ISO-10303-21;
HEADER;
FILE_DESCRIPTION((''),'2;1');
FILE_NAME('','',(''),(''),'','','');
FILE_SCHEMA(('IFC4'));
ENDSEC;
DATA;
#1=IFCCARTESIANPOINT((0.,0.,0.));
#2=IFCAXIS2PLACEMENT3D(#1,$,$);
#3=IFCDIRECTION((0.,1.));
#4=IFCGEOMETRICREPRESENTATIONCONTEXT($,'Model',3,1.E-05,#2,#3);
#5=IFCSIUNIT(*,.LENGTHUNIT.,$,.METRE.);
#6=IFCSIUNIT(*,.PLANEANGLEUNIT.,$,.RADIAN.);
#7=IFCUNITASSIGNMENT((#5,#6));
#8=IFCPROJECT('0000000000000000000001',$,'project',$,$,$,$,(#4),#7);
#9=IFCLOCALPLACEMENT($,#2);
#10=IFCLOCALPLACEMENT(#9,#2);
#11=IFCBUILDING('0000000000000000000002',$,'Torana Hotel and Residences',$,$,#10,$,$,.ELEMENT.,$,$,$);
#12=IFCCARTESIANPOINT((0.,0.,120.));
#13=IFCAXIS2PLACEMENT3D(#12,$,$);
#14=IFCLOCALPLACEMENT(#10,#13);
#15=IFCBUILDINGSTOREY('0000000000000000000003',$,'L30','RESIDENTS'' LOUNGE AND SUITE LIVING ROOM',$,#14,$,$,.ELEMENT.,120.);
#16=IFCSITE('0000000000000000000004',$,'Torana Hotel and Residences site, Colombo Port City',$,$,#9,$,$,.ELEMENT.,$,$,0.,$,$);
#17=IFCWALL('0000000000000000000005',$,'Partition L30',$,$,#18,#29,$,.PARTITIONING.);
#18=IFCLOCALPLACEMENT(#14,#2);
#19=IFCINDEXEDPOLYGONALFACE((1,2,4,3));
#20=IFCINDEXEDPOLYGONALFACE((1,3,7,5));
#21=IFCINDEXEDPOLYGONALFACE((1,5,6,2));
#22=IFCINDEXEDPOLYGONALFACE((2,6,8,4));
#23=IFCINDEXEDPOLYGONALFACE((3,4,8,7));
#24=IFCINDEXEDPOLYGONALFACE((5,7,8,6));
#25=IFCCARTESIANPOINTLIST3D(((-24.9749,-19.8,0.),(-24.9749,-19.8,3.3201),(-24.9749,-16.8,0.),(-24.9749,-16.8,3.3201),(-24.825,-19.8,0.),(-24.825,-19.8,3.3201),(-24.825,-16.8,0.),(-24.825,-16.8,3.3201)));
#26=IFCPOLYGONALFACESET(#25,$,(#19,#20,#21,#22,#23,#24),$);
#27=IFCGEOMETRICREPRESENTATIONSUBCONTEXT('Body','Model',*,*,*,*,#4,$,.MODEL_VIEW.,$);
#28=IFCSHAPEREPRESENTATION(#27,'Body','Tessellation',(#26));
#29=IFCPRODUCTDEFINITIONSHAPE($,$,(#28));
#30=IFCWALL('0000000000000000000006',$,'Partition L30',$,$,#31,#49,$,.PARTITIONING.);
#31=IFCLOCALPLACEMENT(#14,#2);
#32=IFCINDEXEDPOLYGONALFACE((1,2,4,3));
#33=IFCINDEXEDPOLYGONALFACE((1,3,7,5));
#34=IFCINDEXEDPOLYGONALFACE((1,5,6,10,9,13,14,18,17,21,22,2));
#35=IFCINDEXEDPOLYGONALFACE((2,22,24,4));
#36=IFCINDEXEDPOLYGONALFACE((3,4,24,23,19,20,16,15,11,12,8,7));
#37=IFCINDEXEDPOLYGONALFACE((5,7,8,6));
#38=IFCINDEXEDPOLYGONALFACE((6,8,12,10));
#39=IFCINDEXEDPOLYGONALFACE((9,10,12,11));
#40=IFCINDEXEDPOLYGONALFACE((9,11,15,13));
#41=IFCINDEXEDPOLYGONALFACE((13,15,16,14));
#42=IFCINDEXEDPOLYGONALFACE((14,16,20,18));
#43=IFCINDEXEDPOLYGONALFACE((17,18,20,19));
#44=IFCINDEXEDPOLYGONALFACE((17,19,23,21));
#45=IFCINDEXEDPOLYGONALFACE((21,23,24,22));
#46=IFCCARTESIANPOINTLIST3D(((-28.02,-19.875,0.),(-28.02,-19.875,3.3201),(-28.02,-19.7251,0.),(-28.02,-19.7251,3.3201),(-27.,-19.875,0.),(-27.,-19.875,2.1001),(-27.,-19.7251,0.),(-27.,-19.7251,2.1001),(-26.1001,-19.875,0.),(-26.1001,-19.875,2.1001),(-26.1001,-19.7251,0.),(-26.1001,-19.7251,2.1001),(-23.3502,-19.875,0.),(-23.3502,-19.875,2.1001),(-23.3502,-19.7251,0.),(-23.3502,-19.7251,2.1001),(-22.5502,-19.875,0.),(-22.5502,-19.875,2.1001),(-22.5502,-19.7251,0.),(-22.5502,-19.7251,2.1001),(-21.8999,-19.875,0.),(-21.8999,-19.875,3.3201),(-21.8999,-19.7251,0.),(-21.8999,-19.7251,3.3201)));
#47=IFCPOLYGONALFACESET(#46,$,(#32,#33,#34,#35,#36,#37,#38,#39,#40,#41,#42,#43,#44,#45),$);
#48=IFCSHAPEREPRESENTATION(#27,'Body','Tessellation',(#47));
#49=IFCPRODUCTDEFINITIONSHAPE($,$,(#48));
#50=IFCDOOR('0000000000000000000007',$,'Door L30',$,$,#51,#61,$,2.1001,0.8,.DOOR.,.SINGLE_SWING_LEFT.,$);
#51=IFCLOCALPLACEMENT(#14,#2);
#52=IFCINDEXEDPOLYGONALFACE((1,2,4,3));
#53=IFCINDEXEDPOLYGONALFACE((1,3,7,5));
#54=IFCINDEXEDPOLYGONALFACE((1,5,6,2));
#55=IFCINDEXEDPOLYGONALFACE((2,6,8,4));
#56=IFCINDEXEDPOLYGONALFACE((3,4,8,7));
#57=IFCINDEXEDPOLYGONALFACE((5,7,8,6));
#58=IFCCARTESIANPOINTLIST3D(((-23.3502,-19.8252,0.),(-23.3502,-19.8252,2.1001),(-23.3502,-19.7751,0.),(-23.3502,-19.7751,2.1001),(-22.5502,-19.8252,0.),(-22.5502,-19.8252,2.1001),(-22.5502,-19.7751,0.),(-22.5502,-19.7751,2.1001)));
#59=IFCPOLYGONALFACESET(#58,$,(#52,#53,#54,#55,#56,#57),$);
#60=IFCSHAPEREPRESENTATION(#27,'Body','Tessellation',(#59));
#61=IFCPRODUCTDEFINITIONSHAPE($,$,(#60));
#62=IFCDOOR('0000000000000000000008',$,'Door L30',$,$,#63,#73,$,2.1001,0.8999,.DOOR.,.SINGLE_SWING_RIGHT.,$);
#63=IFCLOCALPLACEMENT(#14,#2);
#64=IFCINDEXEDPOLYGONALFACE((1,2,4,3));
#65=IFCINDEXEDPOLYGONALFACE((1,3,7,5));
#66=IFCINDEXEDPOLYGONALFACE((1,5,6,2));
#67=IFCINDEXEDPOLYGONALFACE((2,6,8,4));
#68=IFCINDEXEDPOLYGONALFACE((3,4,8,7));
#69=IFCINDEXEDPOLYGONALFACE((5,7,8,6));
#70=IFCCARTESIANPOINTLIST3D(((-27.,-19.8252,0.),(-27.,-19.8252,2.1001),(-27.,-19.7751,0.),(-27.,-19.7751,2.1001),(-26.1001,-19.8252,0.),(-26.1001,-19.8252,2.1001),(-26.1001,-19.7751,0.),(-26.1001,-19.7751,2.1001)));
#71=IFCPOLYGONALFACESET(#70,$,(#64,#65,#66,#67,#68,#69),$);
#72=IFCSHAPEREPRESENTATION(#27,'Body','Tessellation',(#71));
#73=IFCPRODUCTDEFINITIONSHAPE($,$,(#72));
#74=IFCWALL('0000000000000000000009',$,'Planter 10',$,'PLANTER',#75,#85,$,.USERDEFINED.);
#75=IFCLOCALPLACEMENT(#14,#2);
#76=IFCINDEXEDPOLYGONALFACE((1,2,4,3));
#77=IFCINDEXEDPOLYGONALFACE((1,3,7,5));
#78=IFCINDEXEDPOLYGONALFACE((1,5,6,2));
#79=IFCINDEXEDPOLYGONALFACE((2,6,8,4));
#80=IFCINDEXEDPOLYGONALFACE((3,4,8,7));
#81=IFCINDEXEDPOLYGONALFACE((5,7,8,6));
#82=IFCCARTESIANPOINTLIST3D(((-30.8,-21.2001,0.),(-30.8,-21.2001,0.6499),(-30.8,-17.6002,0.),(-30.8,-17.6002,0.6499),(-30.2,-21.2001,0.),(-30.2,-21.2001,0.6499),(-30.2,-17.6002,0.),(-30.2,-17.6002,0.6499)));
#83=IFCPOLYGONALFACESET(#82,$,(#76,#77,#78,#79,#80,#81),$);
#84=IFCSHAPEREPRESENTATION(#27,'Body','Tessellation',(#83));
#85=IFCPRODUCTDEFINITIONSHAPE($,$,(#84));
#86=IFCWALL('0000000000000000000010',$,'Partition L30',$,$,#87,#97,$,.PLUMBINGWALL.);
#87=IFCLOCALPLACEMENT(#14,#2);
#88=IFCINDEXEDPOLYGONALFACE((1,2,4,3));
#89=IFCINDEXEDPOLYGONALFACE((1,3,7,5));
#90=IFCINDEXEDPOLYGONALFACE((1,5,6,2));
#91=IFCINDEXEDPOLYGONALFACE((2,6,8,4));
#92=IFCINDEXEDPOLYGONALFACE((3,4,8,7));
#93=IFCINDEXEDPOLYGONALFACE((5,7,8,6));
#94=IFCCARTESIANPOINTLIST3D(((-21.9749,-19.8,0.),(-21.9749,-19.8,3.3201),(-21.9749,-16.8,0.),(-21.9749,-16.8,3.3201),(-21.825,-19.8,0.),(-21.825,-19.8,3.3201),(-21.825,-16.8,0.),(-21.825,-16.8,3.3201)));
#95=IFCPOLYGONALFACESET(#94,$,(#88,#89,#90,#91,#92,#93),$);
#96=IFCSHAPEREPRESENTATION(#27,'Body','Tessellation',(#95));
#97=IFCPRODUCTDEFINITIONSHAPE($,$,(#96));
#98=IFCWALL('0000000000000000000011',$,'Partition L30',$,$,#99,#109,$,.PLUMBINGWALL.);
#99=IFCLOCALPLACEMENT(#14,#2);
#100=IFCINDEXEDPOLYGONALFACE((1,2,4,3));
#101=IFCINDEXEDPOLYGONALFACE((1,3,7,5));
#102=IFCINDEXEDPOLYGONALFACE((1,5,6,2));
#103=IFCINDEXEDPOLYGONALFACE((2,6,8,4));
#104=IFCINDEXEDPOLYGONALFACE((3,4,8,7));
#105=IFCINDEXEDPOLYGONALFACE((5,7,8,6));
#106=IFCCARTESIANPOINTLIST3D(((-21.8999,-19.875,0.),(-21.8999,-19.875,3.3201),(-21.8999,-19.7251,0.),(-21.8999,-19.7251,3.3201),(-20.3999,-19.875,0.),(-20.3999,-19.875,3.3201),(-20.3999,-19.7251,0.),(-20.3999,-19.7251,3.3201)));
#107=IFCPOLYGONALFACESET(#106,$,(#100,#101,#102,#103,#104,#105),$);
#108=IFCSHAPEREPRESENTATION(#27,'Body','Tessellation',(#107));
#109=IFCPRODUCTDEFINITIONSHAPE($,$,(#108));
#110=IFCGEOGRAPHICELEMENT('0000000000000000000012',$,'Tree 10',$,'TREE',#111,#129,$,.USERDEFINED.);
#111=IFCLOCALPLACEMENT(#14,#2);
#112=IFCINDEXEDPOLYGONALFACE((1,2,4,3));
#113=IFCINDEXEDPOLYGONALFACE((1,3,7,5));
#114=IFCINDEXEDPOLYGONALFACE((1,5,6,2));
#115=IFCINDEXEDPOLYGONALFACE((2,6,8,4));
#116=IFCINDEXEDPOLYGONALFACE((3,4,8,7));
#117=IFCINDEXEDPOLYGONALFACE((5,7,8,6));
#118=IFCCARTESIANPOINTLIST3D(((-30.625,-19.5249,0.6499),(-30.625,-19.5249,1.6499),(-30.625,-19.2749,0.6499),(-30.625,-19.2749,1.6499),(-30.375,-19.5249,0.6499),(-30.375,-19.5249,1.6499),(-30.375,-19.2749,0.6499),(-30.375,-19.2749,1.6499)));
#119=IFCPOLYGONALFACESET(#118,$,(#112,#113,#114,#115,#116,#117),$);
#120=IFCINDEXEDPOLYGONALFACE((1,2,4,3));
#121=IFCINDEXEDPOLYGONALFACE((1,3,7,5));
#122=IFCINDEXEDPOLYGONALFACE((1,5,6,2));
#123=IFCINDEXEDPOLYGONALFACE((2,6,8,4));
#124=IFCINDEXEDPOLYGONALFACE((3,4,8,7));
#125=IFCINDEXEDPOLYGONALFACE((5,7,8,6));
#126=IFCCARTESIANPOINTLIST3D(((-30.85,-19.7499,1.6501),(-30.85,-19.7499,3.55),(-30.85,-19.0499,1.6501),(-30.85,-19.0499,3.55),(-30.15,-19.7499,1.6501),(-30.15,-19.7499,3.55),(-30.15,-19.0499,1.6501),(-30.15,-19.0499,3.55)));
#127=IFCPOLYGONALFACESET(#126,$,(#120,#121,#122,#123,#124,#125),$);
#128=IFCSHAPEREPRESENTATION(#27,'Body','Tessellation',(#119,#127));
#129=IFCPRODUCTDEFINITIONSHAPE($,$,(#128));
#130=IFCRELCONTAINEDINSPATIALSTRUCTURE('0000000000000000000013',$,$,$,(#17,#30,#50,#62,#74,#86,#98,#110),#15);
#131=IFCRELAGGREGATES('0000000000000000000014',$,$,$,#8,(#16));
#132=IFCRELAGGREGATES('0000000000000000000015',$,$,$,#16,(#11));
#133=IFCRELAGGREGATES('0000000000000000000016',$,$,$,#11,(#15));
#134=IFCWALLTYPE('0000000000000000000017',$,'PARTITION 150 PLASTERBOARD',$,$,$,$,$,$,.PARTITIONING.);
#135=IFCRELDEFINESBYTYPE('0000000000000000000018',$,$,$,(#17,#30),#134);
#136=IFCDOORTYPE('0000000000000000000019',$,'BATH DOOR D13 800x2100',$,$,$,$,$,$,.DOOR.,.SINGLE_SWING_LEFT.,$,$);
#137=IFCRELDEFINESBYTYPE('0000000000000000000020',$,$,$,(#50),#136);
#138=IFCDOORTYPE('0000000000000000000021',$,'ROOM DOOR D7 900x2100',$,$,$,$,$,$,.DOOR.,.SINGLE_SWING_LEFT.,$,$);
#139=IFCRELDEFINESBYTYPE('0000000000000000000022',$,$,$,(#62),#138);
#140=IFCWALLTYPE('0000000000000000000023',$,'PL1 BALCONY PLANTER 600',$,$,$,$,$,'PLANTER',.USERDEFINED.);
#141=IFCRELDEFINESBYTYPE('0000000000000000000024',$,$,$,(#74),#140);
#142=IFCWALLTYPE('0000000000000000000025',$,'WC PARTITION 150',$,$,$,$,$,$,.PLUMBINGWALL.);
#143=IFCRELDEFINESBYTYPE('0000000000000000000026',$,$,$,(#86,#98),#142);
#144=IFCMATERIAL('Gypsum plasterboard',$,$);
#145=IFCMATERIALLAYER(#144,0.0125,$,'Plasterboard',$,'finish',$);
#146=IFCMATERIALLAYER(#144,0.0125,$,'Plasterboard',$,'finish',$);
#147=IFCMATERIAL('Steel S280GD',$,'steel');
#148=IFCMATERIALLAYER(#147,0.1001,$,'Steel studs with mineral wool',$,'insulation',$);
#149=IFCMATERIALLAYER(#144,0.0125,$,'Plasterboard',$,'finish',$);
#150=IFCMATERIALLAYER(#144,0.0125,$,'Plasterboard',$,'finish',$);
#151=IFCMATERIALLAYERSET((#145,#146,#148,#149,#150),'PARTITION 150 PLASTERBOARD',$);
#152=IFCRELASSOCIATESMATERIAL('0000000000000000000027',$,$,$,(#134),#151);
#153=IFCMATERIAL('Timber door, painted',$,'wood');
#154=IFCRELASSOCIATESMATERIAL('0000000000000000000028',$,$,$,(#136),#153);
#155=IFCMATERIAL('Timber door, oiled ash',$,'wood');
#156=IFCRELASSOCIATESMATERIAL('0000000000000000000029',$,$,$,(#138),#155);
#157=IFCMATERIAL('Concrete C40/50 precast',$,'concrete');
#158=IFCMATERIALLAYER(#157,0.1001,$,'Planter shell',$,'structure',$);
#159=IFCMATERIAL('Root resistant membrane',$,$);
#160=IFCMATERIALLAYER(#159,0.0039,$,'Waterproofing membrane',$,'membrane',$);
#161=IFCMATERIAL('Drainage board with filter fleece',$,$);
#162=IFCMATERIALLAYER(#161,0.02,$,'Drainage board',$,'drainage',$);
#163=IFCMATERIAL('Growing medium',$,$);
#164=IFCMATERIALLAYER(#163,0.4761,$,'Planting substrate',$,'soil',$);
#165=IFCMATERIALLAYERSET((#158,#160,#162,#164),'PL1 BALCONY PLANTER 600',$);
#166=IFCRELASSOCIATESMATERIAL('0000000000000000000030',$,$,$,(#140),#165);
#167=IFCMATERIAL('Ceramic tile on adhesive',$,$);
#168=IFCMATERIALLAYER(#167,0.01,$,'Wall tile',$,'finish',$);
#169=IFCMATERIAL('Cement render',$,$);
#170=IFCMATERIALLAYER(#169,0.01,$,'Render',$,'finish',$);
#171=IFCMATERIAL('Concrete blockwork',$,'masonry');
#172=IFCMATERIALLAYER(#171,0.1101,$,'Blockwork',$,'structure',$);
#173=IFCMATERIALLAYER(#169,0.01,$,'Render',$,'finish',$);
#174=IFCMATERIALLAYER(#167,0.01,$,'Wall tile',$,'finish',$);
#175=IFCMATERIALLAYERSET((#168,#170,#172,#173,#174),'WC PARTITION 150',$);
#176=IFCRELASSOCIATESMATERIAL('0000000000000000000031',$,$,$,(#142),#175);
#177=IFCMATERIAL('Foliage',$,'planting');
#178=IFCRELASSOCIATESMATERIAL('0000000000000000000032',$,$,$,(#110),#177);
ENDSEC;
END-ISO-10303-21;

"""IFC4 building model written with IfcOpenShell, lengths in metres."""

from ifc_helpers import new_model, si_unit, direction, frame, frame_2d, origin, origin_2d, place, context, subcontext, project, spatial, rectangle, extrude, material, layer, layer_set, type_object, element, fill, save


model = new_model("IFC4")

# Units and contexts
model_context = context("Model", 3, precision=1e-05, world=origin(), true_north=direction((0.0, 1.0)))
body_context = subcontext(model_context, "Body", "Model", "MODEL_VIEW")
ifc_project = project(units=[si_unit("LENGTHUNIT", "METRE"), si_unit("PLANEANGLEUNIT", "RADIAN")], contexts=[model_context])

# Site, building, storey
site_placement = place(None, origin())
site = spatial("IfcSite", under=ifc_project, at=site_placement, Name="Torana Hotel and Residences site, Colombo Port City", CompositionType="ELEMENT", RefElevation=0.0)
building_placement = place(site_placement, origin())
building = spatial("IfcBuilding", under=site, at=building_placement, Name="Torana Hotel and Residences", CompositionType="ELEMENT")
storey_placement = place(building_placement, frame((0.0, 0.0, 120.0)))
storey = spatial("IfcBuildingStorey", under=building, at=storey_placement, Name="L30", Description="RESIDENTS' LOUNGE AND SUITE LIVING ROOM", CompositionType="ELEMENT", Elevation=120.0)

# Wall
ifc_material_1 = material(Name="Gypsum plasterboard")
ifc_layer_1 = layer(ifc_material_1, 0.0125, Name="Plasterboard", Category="finish")
ifc_layer_2 = layer(ifc_material_1, 0.0125, Name="Plasterboard", Category="finish")
ifc_material_2 = material(Name="Steel S280GD", Category="steel")
ifc_layer_3 = layer(ifc_material_2, 0.1001, Name="Steel studs with mineral wool", Category="insulation")
ifc_layer_4 = layer(ifc_material_1, 0.0125, Name="Plasterboard", Category="finish")
ifc_layer_5 = layer(ifc_material_1, 0.0125, Name="Plasterboard", Category="finish")
ifc_layer_set_1 = layer_set([ifc_layer_1, ifc_layer_2, ifc_layer_3, ifc_layer_4, ifc_layer_5], Name="PARTITION 150 PLASTERBOARD")
wall_type_1 = type_object("IfcWallType", Name="PARTITION 150 PLASTERBOARD", PredefinedType="PARTITIONING", material=ifc_layer_set_1)
wall_1_placement = place(storey_placement, frame((-24.8999, -19.8, 0.0), z_axis=(0.0, 0.0, 1.0), x_axis=(0.0, 1.0, 0.0)))
element("IfcWall", 1, at=wall_1_placement, inside=storey, type_object=wall_type_1, Name="Partition L30", PredefinedType="PARTITIONING", context=body_context, shape_type="SweptSolid", body=[
    extrude(rectangle(XDim=3.0, YDim=0.1499, at=frame_2d((1.5, 0.0))), origin(), (0.0, 0.0, 1.0), 3.3201),
])

# Wall, openings, doors
wall_2_placement = place(storey_placement, frame((-28.02, -19.8, 0.0), z_axis=(0.0, 0.0, 1.0), x_axis=(1.0, 0.0, 0.0)))
wall_2 = element("IfcWall", 2, at=wall_2_placement, inside=storey, type_object=wall_type_1, Name="Partition L30", PredefinedType="PARTITIONING", context=body_context, shape_type="SweptSolid", body=[
    extrude(rectangle(XDim=6.1201, YDim=0.1499, at=frame_2d((3.0601, 0.0))), origin(), (0.0, 0.0, 1.0), 3.3201),
])
opening_1_placement = place(wall_2_placement, frame((4.6699, 0.0, 0.0)))
opening_1 = element("IfcOpeningElement", 3, at=opening_1_placement, cuts=wall_2, PredefinedType="OPENING", context=body_context, shape_type="SweptSolid", body=[
    extrude(rectangle(XDim=0.8, YDim=2.1001, at=frame_2d((0.3999, 1.05))), frame((0.0, 0.085, 0.0), z_axis=(0.0, -1.0, 0.0), x_axis=(1.0, 0.0, 0.0)), (0.0, 0.0, 1.0), 0.1699),
])
opening_2_placement = place(wall_2_placement, frame((1.02, 0.0, 0.0)))
opening_2 = element("IfcOpeningElement", 4, at=opening_2_placement, cuts=wall_2, PredefinedType="OPENING", context=body_context, shape_type="SweptSolid", body=[
    extrude(rectangle(XDim=0.8999, YDim=2.1001, at=frame_2d((0.45, 1.05))), frame((0.0, 0.085, 0.0), z_axis=(0.0, -1.0, 0.0), x_axis=(1.0, 0.0, 0.0)), (0.0, 0.0, 1.0), 0.1699),
])
ifc_material_3 = material(Name="Timber door, painted", Category="wood")
door_type_1 = type_object("IfcDoorType", Name="BATH DOOR D13 800x2100", OperationType="SINGLE_SWING_LEFT", PredefinedType="DOOR", material=ifc_material_3)
door_1_placement = place(opening_1_placement, origin())
door_1 = element("IfcDoor", 5, at=door_1_placement, inside=storey, type_object=door_type_1, Name="Door L30", OperationType="SINGLE_SWING_LEFT", OverallHeight=2.1001, OverallWidth=0.8, PredefinedType="DOOR", context=body_context, shape_type="SweptSolid", body=[
    extrude(rectangle(XDim=0.8, YDim=2.1001, at=frame_2d((0.3999, 1.05))), frame((0.0, 0.0249, 0.0), z_axis=(0.0, -1.0, 0.0), x_axis=(1.0, 0.0, 0.0)), (0.0, 0.0, 1.0), 0.05),
])
fill(opening_1, door_1)
ifc_material_4 = material(Name="Timber door, oiled ash", Category="wood")
door_type_2 = type_object("IfcDoorType", Name="ROOM DOOR D7 900x2100", OperationType="SINGLE_SWING_LEFT", PredefinedType="DOOR", material=ifc_material_4)
door_2_placement = place(opening_2_placement, origin())
door_2 = element("IfcDoor", 6, at=door_2_placement, inside=storey, type_object=door_type_2, Name="Door L30", OperationType="SINGLE_SWING_RIGHT", OverallHeight=2.1001, OverallWidth=0.8999, PredefinedType="DOOR", context=body_context, shape_type="SweptSolid", body=[
    extrude(rectangle(XDim=0.8999, YDim=2.1001, at=frame_2d((0.45, 1.05))), frame((0.0, 0.0249, 0.0), z_axis=(0.0, -1.0, 0.0), x_axis=(1.0, 0.0, 0.0)), (0.0, 0.0, 1.0), 0.05),
])
fill(opening_2, door_2)

# Walls
ifc_material_5 = material(Name="Concrete C40/50 precast", Category="concrete")
ifc_layer_6 = layer(ifc_material_5, 0.1001, Name="Planter shell", Category="structure")
ifc_material_6 = material(Name="Root resistant membrane")
ifc_layer_7 = layer(ifc_material_6, 0.0039, Name="Waterproofing membrane", Category="membrane")
ifc_material_7 = material(Name="Drainage board with filter fleece")
ifc_layer_8 = layer(ifc_material_7, 0.02, Name="Drainage board", Category="drainage")
ifc_material_8 = material(Name="Growing medium")
ifc_layer_9 = layer(ifc_material_8, 0.4761, Name="Planting substrate", Category="soil")
ifc_layer_set_2 = layer_set([ifc_layer_6, ifc_layer_7, ifc_layer_8, ifc_layer_9], Name="PL1 BALCONY PLANTER 600")
wall_type_2 = type_object("IfcWallType", Name="PL1 BALCONY PLANTER 600", ElementType="PLANTER", PredefinedType="USERDEFINED", material=ifc_layer_set_2)
wall_3_placement = place(storey_placement, frame((-30.5, -21.2, 0.0), z_axis=(0.0, 0.0, 1.0), x_axis=(0.0, 1.0, 0.0)))
element("IfcWall", 7, at=wall_3_placement, inside=storey, type_object=wall_type_2, Name="Planter 10", ObjectType="PLANTER", PredefinedType="USERDEFINED", context=body_context, shape_type="SweptSolid", body=[
    extrude(rectangle(XDim=3.5999, YDim=0.6001, at=frame_2d((1.7998, 0.0))), origin(), (0.0, 0.0, 1.0), 0.6499),
])
ifc_material_9 = material(Name="Ceramic tile on adhesive")
ifc_layer_10 = layer(ifc_material_9, 0.01, Name="Wall tile", Category="finish")
ifc_material_10 = material(Name="Cement render")
ifc_layer_11 = layer(ifc_material_10, 0.01, Name="Render", Category="finish")
ifc_material_11 = material(Name="Concrete blockwork", Category="masonry")
ifc_layer_12 = layer(ifc_material_11, 0.1101, Name="Blockwork", Category="structure")
ifc_layer_13 = layer(ifc_material_10, 0.01, Name="Render", Category="finish")
ifc_layer_14 = layer(ifc_material_9, 0.01, Name="Wall tile", Category="finish")
ifc_layer_set_3 = layer_set([ifc_layer_10, ifc_layer_11, ifc_layer_12, ifc_layer_13, ifc_layer_14], Name="WC PARTITION 150")
wall_type_3 = type_object("IfcWallType", Name="WC PARTITION 150", PredefinedType="PLUMBINGWALL", material=ifc_layer_set_3)
wall_4_placement = place(storey_placement, frame((-21.8999, -19.8, 0.0), z_axis=(0.0, 0.0, 1.0), x_axis=(0.0, 1.0, 0.0)))
element("IfcWall", 8, at=wall_4_placement, inside=storey, type_object=wall_type_3, Name="Partition L30", PredefinedType="PLUMBINGWALL", context=body_context, shape_type="SweptSolid", body=[
    extrude(rectangle(XDim=3.0, YDim=0.1499, at=frame_2d((1.5, 0.0))), origin(), (0.0, 0.0, 1.0), 3.3201),
])
wall_5_placement = place(storey_placement, frame((-21.8999, -19.8, 0.0), z_axis=(0.0, 0.0, 1.0), x_axis=(1.0, 0.0, 0.0)))
element("IfcWall", 9, at=wall_5_placement, inside=storey, type_object=wall_type_3, Name="Partition L30", PredefinedType="PLUMBINGWALL", context=body_context, shape_type="SweptSolid", body=[
    extrude(rectangle(XDim=1.5, YDim=0.1499, at=frame_2d((0.75, 0.0))), origin(), (0.0, 0.0, 1.0), 3.3201),
])

# Geographic element
ifc_material_12 = material(Name="Foliage", Category="planting")
geographic_element_placement = place(storey_placement, frame((-30.5, -19.3999, 0.6499), z_axis=(0.0, 0.0, 1.0), x_axis=(1.0, 0.0, 0.0)))
element("IfcGeographicElement", 10, at=geographic_element_placement, inside=storey, material=ifc_material_12, Name="Tree 10", ObjectType="TREE", PredefinedType="USERDEFINED", context=body_context, shape_type="SweptSolid", body=[
    extrude(rectangle(XDim=0.25, YDim=0.25, at=origin_2d()), origin(), (0.0, 0.0, 1.0), 1.0),
    extrude(rectangle(XDim=0.7, YDim=0.7, at=origin_2d()), frame((0.0, 0.0, 1.0002)), (0.0, 0.0, 1.0), 1.8999),
])

save(model, "model.ifc")
